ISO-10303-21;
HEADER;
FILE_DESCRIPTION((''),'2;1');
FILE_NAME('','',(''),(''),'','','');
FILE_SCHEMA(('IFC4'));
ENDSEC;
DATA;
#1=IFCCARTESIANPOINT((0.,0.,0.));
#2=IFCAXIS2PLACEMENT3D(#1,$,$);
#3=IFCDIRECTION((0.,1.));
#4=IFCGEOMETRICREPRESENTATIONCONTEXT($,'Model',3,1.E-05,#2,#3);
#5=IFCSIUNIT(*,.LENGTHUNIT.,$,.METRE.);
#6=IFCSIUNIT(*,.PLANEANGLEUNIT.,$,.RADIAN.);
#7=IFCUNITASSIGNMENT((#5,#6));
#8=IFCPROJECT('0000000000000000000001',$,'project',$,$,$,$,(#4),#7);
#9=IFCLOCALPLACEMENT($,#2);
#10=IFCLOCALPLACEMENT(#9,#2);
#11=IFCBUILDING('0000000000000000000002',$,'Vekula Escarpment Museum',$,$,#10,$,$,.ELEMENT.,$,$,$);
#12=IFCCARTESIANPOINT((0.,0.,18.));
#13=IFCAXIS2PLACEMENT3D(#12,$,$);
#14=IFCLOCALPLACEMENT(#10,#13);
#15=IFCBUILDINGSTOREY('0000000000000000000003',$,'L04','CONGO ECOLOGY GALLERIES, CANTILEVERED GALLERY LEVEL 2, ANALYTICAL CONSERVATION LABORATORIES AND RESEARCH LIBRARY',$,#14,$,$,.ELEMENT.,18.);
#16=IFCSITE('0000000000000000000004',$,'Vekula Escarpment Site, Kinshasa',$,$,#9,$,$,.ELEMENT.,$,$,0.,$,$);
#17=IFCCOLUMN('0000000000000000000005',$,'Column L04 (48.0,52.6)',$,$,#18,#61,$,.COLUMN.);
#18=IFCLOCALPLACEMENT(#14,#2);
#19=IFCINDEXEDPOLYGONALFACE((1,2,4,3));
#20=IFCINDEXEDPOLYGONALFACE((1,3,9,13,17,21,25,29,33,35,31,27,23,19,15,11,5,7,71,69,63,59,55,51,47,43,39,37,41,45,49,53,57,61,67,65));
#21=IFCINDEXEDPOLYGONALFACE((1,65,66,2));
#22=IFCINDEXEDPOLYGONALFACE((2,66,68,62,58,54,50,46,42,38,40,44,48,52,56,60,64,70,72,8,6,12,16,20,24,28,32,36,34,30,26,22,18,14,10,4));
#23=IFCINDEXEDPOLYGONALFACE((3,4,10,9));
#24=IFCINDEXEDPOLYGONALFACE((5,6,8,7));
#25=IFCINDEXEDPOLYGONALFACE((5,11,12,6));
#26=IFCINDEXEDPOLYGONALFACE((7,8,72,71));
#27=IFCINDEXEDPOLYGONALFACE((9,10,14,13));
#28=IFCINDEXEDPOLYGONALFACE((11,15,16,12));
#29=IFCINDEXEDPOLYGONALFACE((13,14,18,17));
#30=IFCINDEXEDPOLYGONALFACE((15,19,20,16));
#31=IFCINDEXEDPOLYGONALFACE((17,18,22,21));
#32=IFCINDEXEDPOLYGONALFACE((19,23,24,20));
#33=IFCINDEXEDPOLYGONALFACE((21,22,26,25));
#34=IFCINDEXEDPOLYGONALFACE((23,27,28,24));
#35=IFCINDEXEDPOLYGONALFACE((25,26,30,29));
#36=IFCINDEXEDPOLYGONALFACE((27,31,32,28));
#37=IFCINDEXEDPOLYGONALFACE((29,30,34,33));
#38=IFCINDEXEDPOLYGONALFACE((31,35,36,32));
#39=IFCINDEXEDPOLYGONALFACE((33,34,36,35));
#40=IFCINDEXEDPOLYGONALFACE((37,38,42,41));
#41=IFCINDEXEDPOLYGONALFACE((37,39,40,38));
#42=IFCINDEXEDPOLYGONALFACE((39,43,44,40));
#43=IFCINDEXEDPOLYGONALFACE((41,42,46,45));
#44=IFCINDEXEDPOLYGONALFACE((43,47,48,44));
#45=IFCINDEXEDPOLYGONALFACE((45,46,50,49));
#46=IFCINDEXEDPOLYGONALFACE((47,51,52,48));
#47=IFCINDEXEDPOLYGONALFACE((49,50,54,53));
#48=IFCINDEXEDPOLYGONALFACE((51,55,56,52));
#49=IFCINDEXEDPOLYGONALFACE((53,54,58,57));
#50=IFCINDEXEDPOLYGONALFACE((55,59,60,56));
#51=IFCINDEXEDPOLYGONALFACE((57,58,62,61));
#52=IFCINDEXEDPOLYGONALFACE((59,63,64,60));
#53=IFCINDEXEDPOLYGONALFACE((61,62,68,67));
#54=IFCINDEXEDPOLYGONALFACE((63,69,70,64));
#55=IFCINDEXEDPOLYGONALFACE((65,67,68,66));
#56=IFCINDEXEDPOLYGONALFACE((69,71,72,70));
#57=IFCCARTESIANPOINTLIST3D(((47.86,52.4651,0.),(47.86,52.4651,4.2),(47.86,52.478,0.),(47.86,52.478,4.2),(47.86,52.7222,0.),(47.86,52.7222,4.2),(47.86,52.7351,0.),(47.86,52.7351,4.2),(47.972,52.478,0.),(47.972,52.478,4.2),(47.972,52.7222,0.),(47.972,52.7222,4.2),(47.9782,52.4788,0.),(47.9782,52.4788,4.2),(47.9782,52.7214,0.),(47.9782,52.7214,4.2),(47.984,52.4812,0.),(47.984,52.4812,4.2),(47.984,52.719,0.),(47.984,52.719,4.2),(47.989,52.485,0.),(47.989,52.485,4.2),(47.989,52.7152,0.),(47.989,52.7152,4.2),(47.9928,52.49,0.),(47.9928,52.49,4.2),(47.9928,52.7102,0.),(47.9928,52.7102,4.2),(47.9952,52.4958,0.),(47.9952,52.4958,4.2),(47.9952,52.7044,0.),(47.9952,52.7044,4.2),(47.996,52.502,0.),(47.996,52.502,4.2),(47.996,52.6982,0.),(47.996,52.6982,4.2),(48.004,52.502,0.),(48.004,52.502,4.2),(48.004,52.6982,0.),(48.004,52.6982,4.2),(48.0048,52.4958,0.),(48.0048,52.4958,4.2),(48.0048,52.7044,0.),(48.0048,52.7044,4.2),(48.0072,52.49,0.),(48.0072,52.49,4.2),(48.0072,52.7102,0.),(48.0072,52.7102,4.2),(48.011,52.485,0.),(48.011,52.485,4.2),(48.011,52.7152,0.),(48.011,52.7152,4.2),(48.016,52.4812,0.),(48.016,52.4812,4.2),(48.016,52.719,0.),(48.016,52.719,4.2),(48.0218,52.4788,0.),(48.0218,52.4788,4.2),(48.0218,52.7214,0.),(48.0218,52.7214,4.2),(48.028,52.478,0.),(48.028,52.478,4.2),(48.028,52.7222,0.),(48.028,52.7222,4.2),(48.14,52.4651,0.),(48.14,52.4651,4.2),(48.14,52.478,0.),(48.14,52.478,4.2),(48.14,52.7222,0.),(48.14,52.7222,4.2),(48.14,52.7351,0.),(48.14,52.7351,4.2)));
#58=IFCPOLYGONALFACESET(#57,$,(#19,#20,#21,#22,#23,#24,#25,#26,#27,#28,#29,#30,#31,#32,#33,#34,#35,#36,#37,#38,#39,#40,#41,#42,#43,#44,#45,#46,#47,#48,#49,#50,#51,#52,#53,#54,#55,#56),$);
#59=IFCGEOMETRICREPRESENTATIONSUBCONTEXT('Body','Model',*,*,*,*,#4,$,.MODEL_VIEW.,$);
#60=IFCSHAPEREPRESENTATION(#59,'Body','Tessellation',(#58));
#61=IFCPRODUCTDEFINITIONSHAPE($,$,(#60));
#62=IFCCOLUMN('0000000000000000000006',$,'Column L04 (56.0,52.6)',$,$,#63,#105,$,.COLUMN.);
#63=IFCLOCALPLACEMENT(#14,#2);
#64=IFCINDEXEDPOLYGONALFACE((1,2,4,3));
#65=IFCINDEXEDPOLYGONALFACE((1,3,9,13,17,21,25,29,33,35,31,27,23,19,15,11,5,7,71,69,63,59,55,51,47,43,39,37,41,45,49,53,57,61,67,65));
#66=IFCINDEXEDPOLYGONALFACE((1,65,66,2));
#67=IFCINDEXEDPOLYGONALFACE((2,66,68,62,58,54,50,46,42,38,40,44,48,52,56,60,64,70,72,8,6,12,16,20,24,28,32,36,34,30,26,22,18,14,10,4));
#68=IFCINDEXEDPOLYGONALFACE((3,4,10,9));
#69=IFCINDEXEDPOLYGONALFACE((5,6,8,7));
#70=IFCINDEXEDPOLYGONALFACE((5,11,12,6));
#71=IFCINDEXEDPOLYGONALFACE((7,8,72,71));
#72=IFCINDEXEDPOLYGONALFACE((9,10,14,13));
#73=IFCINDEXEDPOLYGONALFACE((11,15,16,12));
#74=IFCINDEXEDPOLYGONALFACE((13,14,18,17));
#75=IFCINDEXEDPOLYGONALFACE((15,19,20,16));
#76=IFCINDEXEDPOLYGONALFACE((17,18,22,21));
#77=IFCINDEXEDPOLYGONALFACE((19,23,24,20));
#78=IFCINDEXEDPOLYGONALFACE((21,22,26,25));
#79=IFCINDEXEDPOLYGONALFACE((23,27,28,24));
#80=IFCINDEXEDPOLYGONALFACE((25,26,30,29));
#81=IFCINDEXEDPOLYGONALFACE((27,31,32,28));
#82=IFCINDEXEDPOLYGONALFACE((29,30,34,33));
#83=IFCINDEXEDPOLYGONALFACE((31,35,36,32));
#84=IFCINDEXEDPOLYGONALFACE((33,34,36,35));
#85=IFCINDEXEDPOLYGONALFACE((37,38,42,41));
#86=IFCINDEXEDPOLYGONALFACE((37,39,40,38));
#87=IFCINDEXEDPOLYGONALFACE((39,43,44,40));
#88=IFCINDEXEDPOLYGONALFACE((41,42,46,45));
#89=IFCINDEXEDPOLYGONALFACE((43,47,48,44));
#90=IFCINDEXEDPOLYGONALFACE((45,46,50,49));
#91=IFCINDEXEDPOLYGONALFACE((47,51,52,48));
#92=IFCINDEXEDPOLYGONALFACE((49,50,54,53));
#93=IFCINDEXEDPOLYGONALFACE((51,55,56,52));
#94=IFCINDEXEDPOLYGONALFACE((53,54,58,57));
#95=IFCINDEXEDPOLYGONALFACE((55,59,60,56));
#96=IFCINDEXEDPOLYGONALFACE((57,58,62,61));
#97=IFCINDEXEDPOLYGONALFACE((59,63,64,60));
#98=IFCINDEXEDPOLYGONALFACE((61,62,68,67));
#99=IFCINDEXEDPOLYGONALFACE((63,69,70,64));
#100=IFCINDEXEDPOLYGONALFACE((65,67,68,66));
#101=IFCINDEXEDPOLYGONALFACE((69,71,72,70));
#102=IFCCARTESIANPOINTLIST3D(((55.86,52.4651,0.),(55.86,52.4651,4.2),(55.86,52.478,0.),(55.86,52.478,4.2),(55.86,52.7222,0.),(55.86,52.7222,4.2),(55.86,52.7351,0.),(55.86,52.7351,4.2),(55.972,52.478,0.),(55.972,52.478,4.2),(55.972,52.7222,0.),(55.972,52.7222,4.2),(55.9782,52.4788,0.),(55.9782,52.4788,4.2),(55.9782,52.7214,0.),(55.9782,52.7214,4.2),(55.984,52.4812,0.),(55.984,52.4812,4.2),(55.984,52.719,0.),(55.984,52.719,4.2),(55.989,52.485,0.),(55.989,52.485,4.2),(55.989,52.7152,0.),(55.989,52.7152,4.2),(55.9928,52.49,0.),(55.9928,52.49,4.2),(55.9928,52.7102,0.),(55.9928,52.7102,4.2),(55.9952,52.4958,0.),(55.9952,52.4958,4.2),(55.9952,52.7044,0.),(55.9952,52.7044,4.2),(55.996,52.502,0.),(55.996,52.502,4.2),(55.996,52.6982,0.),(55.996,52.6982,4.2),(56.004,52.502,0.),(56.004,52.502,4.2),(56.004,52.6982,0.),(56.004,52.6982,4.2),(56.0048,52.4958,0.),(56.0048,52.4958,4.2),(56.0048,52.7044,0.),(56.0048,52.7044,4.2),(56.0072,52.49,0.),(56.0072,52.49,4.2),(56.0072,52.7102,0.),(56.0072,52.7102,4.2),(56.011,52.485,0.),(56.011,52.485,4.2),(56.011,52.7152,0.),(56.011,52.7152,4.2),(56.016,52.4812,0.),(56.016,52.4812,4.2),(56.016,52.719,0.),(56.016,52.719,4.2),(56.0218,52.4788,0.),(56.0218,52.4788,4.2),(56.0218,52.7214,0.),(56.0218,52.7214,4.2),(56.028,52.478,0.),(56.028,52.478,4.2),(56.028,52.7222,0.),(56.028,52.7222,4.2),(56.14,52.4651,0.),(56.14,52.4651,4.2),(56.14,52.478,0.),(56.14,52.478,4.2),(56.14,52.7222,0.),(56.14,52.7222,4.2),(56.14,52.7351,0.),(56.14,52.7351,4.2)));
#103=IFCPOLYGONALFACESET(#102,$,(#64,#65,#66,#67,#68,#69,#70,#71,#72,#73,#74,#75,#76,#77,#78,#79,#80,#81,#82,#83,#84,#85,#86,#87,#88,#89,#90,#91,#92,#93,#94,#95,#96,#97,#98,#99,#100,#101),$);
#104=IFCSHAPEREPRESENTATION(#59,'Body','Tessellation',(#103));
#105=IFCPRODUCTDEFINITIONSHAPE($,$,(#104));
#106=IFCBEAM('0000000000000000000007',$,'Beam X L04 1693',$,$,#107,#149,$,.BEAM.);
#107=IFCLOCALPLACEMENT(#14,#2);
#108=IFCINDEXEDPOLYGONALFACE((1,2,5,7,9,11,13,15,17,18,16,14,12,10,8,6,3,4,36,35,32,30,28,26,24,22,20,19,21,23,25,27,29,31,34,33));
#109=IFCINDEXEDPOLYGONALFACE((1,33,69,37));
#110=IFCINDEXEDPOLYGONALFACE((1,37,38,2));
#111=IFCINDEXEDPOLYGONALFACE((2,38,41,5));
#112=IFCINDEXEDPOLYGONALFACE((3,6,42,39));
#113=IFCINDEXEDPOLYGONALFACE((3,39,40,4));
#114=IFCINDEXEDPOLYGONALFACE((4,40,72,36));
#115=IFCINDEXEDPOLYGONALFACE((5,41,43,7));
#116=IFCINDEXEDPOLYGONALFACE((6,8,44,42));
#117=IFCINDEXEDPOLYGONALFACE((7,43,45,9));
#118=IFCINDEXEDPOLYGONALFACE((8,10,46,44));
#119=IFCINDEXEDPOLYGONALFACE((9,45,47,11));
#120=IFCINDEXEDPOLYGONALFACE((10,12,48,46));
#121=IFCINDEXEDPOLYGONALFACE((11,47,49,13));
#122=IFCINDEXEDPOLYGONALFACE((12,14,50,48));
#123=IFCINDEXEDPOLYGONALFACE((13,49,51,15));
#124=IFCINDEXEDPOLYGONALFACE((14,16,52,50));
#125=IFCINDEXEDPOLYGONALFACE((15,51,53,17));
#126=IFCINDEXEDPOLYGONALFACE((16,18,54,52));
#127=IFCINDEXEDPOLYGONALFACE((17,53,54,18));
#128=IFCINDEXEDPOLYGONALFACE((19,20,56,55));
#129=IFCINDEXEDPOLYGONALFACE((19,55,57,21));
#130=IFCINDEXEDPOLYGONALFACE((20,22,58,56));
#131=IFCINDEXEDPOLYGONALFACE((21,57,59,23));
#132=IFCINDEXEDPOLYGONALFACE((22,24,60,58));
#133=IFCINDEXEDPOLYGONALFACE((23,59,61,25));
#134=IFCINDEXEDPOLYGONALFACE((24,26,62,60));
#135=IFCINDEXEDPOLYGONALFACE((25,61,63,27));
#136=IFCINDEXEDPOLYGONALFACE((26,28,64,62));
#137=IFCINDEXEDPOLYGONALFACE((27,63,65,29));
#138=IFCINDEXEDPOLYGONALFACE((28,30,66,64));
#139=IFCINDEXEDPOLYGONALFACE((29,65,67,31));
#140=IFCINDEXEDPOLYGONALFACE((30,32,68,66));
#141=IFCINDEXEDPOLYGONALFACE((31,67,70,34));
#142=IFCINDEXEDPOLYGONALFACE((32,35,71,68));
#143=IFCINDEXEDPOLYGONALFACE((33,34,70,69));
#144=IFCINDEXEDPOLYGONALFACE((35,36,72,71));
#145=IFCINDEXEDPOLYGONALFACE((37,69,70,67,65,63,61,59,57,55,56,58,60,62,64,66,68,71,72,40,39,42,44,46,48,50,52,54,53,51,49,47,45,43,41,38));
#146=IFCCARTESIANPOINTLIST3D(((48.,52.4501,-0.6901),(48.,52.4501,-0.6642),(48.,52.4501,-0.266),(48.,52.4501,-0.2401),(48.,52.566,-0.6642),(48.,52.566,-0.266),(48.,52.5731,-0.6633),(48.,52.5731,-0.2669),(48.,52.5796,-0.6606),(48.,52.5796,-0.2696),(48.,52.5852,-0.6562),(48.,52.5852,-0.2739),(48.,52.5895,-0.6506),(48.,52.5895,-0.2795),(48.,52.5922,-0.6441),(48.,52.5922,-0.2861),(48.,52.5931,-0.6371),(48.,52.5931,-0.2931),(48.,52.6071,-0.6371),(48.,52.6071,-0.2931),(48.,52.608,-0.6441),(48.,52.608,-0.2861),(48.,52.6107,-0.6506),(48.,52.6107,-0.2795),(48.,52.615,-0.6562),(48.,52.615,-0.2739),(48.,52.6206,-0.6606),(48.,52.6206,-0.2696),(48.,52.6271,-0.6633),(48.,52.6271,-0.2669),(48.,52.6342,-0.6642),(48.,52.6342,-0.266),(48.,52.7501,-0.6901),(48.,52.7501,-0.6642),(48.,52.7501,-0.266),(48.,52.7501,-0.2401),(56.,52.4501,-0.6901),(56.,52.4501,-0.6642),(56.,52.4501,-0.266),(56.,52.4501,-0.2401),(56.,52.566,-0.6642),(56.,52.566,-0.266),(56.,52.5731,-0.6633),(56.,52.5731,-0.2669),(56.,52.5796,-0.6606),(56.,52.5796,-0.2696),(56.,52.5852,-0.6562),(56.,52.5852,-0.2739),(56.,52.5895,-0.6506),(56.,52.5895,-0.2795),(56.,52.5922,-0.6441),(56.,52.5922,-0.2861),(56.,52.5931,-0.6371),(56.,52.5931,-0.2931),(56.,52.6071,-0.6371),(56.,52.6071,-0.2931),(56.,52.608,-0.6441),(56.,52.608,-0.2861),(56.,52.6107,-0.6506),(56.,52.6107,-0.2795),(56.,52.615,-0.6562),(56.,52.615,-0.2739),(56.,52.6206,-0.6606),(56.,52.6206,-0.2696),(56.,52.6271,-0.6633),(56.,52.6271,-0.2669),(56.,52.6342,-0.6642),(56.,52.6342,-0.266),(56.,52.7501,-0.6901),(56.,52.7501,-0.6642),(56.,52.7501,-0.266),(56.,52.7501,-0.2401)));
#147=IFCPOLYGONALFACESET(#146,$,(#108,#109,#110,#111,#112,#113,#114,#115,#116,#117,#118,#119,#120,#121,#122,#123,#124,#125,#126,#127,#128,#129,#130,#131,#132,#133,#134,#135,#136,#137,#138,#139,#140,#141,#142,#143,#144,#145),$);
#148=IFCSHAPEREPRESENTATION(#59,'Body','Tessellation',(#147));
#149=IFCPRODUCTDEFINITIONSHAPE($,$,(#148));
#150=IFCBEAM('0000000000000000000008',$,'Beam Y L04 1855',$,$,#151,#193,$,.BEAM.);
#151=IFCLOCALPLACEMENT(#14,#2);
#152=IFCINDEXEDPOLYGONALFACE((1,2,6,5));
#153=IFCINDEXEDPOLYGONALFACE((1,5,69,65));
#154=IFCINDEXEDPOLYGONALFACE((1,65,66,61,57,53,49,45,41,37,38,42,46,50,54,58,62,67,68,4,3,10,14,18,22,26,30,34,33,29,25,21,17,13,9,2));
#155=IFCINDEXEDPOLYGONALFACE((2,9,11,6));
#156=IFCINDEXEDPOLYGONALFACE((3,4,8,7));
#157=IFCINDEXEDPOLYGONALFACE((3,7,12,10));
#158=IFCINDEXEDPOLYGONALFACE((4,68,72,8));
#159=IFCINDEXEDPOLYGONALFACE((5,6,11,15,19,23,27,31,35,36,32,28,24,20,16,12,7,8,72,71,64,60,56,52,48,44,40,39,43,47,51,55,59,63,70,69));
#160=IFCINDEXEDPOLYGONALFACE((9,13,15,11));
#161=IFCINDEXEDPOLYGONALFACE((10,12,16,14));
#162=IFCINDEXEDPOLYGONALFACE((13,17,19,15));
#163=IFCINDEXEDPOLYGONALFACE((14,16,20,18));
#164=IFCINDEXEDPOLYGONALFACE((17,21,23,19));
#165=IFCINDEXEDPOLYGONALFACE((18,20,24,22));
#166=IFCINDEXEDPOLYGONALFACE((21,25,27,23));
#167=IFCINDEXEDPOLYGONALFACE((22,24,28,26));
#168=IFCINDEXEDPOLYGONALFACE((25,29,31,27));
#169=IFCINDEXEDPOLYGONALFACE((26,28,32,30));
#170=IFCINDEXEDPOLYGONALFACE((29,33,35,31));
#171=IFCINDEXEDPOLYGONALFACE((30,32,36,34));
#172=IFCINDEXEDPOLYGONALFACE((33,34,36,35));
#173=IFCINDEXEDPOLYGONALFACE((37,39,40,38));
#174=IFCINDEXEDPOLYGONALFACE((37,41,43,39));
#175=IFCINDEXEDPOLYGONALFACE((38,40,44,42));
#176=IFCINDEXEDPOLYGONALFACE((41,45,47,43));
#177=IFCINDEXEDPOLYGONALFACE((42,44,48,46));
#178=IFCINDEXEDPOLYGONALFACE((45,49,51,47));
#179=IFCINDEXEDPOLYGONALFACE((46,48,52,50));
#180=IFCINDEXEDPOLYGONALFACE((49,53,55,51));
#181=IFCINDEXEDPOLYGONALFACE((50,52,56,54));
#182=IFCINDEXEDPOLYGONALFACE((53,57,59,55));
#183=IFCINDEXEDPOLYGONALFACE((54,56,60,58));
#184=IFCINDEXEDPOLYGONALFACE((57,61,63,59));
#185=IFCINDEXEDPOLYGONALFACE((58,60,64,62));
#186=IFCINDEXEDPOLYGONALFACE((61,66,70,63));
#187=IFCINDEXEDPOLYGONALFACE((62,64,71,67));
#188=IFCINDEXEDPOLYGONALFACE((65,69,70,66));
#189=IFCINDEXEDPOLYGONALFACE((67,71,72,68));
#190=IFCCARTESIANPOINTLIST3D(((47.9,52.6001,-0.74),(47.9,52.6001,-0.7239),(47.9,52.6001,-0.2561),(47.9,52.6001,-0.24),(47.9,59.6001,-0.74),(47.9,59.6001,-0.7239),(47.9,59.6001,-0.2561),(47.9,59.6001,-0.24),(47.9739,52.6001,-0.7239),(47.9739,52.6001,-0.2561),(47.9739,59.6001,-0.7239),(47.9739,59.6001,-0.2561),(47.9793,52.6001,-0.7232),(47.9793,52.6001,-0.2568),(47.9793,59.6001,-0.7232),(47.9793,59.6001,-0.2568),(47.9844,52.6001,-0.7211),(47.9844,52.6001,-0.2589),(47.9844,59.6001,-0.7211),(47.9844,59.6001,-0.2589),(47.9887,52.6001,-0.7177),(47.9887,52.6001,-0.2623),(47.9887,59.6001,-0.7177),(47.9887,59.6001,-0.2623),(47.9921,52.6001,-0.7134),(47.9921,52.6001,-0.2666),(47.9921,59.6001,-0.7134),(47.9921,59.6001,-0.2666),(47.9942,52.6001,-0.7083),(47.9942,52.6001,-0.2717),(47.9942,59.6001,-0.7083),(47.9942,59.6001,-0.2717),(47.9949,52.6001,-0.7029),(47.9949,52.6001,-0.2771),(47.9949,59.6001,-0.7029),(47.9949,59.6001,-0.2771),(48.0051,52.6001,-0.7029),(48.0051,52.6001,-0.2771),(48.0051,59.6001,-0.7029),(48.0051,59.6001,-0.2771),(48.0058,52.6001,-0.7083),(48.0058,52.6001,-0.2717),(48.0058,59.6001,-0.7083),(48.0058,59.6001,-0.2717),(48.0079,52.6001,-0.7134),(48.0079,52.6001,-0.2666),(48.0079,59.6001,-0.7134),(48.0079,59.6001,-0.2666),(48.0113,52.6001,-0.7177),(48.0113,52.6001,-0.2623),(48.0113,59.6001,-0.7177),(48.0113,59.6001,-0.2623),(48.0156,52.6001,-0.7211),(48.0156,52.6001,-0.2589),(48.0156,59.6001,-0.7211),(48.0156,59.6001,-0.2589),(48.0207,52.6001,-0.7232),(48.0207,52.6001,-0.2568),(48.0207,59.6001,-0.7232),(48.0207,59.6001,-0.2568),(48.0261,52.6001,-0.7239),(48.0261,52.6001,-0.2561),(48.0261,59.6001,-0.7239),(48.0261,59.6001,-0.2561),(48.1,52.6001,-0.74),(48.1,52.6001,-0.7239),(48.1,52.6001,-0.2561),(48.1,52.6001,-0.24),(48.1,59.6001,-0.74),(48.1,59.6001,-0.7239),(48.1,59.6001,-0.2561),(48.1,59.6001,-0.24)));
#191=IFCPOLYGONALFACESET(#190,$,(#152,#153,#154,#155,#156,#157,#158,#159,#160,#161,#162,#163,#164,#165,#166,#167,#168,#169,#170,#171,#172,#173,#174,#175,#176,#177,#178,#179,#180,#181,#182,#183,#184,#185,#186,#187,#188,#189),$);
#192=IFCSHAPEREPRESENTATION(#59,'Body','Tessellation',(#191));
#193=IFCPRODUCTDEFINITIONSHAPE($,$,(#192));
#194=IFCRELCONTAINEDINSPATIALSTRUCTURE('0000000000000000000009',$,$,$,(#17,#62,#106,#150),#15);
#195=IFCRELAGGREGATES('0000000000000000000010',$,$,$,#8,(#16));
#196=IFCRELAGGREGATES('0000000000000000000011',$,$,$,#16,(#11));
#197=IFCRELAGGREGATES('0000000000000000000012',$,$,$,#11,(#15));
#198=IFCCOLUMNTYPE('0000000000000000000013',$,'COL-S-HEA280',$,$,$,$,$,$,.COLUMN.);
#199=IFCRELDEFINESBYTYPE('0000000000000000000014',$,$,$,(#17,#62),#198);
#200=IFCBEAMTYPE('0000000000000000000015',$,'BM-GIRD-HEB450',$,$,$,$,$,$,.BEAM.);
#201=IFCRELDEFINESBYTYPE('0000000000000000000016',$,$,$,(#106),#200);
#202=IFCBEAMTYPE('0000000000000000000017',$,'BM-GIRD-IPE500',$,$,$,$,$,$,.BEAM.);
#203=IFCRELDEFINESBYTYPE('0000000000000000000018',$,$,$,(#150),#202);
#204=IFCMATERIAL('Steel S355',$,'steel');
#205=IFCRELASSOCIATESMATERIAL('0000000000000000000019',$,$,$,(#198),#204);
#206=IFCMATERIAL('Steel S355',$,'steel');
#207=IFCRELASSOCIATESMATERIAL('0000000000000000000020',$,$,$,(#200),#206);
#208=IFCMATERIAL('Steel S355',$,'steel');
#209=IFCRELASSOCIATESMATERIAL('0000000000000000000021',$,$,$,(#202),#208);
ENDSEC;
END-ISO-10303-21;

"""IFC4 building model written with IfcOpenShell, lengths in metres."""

from ifc_helpers import new_model, si_unit, direction, frame, origin, origin_2d, place, context, subcontext, project, spatial, i_section, extrude, material, material_profile, profile_set, type_object, element, save


model = new_model("IFC4")

# Units and contexts
model_context = context("Model", 3, precision=1e-05, world=origin(), true_north=direction((0.0, 1.0)))
body_context = subcontext(model_context, "Body", "Model", "MODEL_VIEW")
ifc_project = project(units=[si_unit("LENGTHUNIT", "METRE"), si_unit("PLANEANGLEUNIT", "RADIAN")], contexts=[model_context])

# Site, building, storey
site_placement = place(None, origin())
site = spatial("IfcSite", under=ifc_project, at=site_placement, Name="Vekula Escarpment Site, Kinshasa", CompositionType="ELEMENT", RefElevation=0.0)
building_placement = place(site_placement, origin())
building = spatial("IfcBuilding", under=site, at=building_placement, Name="Vekula Escarpment Museum", CompositionType="ELEMENT")
storey_placement = place(building_placement, frame((0.0, 0.0, 18.0)))
storey = spatial("IfcBuildingStorey", under=building, at=storey_placement, Name="L04", Description="CONGO ECOLOGY GALLERIES, CANTILEVERED GALLERY LEVEL 2, ANALYTICAL CONSERVATION LABORATORIES AND RESEARCH LIBRARY", CompositionType="ELEMENT", Elevation=18.0)

# Columns
ifc_material_1 = material(Name="Steel S355", Category="steel")
ifc_material_profile_1 = material_profile(ifc_material_1, i_section(OverallWidth=0.28, OverallDepth=0.27, WebThickness=0.0081, FlangeThickness=0.0129, FilletRadius=0.0239, at=origin_2d()), Name="HEA 280")
ifc_profile_set_1 = profile_set([ifc_material_profile_1], Name="Steel S355")
column_type = type_object("IfcColumnType", Name="COL-S-HEA280", PredefinedType="COLUMN", material=ifc_profile_set_1)
for number, where, z_axis, x_axis, name in (
    (1, (48.0, 52.6001, 0.0), (0.0, 0.0, 1.0), (1.0, 0.0, 0.0), "Column L04 (48.0,52.6)"),
    (2, (56.0, 52.6001, 0.0), (0.0, 0.0, 1.0), (1.0, 0.0, 0.0), "Column L04 (56.0,52.6)"),
):
    element("IfcColumn", number, at=place(storey_placement, frame(where, z_axis=z_axis, x_axis=x_axis)), inside=storey, type_object=column_type, Name=name, PredefinedType="COLUMN", context=body_context, shape_type="SweptSolid", body=[
        extrude(i_section(OverallWidth=0.28, OverallDepth=0.27, WebThickness=0.0081, FlangeThickness=0.0129, FilletRadius=0.0239, at=origin_2d()), origin(), (0.0, 0.0, 1.0), 4.2),
    ])

# Beams
ifc_material_2 = material(Name="Steel S355", Category="steel")
ifc_material_profile_2 = material_profile(ifc_material_2, i_section(OverallWidth=0.3, OverallDepth=0.45, WebThickness=0.0139, FlangeThickness=0.0259, FilletRadius=0.0271, at=origin_2d()), Name="HEB 450")
ifc_profile_set_2 = profile_set([ifc_material_profile_2], Name="Steel S355")
beam_type_1 = type_object("IfcBeamType", Name="BM-GIRD-HEB450", PredefinedType="BEAM", material=ifc_profile_set_2)
beam_1_placement = place(storey_placement, frame((48.0, 52.6001, -0.4651), z_axis=(1.0, 0.0, 0.0), x_axis=(0.0, 1.0, 0.0)))
element("IfcBeam", 3, at=beam_1_placement, inside=storey, type_object=beam_type_1, Name="Beam X L04 1693", PredefinedType="BEAM", context=body_context, shape_type="SweptSolid", body=[
    extrude(i_section(OverallWidth=0.3, OverallDepth=0.45, WebThickness=0.0139, FlangeThickness=0.0259, FilletRadius=0.0271, at=origin_2d()), origin(), (0.0, 0.0, 1.0), 8.0),
])
ifc_material_3 = material(Name="Steel S355", Category="steel")
ifc_material_profile_3 = material_profile(ifc_material_3, i_section(OverallWidth=0.2, OverallDepth=0.5, WebThickness=0.0103, FlangeThickness=0.0161, FilletRadius=0.021, at=origin_2d()), Name="IPE 500")
ifc_profile_set_3 = profile_set([ifc_material_profile_3], Name="Steel S355")
beam_type_2 = type_object("IfcBeamType", Name="BM-GIRD-IPE500", PredefinedType="BEAM", material=ifc_profile_set_3)
for number, where, z_axis, x_axis, name in (
    (4, (48.0, 52.6001, -0.49), (0.0, 1.0, 0.0), (-1.0, 0.0, 0.0), "Beam Y L04 1855"),
):
    element("IfcBeam", number, at=place(storey_placement, frame(where, z_axis=z_axis, x_axis=x_axis)), inside=storey, type_object=beam_type_2, Name=name, PredefinedType="BEAM", context=body_context, shape_type="SweptSolid", body=[
        extrude(i_section(OverallWidth=0.2, OverallDepth=0.5, WebThickness=0.0103, FlangeThickness=0.0161, FilletRadius=0.021, at=origin_2d()), origin(), (0.0, 0.0, 1.0), 7.0),
    ])

save(model, "model.ifc")
